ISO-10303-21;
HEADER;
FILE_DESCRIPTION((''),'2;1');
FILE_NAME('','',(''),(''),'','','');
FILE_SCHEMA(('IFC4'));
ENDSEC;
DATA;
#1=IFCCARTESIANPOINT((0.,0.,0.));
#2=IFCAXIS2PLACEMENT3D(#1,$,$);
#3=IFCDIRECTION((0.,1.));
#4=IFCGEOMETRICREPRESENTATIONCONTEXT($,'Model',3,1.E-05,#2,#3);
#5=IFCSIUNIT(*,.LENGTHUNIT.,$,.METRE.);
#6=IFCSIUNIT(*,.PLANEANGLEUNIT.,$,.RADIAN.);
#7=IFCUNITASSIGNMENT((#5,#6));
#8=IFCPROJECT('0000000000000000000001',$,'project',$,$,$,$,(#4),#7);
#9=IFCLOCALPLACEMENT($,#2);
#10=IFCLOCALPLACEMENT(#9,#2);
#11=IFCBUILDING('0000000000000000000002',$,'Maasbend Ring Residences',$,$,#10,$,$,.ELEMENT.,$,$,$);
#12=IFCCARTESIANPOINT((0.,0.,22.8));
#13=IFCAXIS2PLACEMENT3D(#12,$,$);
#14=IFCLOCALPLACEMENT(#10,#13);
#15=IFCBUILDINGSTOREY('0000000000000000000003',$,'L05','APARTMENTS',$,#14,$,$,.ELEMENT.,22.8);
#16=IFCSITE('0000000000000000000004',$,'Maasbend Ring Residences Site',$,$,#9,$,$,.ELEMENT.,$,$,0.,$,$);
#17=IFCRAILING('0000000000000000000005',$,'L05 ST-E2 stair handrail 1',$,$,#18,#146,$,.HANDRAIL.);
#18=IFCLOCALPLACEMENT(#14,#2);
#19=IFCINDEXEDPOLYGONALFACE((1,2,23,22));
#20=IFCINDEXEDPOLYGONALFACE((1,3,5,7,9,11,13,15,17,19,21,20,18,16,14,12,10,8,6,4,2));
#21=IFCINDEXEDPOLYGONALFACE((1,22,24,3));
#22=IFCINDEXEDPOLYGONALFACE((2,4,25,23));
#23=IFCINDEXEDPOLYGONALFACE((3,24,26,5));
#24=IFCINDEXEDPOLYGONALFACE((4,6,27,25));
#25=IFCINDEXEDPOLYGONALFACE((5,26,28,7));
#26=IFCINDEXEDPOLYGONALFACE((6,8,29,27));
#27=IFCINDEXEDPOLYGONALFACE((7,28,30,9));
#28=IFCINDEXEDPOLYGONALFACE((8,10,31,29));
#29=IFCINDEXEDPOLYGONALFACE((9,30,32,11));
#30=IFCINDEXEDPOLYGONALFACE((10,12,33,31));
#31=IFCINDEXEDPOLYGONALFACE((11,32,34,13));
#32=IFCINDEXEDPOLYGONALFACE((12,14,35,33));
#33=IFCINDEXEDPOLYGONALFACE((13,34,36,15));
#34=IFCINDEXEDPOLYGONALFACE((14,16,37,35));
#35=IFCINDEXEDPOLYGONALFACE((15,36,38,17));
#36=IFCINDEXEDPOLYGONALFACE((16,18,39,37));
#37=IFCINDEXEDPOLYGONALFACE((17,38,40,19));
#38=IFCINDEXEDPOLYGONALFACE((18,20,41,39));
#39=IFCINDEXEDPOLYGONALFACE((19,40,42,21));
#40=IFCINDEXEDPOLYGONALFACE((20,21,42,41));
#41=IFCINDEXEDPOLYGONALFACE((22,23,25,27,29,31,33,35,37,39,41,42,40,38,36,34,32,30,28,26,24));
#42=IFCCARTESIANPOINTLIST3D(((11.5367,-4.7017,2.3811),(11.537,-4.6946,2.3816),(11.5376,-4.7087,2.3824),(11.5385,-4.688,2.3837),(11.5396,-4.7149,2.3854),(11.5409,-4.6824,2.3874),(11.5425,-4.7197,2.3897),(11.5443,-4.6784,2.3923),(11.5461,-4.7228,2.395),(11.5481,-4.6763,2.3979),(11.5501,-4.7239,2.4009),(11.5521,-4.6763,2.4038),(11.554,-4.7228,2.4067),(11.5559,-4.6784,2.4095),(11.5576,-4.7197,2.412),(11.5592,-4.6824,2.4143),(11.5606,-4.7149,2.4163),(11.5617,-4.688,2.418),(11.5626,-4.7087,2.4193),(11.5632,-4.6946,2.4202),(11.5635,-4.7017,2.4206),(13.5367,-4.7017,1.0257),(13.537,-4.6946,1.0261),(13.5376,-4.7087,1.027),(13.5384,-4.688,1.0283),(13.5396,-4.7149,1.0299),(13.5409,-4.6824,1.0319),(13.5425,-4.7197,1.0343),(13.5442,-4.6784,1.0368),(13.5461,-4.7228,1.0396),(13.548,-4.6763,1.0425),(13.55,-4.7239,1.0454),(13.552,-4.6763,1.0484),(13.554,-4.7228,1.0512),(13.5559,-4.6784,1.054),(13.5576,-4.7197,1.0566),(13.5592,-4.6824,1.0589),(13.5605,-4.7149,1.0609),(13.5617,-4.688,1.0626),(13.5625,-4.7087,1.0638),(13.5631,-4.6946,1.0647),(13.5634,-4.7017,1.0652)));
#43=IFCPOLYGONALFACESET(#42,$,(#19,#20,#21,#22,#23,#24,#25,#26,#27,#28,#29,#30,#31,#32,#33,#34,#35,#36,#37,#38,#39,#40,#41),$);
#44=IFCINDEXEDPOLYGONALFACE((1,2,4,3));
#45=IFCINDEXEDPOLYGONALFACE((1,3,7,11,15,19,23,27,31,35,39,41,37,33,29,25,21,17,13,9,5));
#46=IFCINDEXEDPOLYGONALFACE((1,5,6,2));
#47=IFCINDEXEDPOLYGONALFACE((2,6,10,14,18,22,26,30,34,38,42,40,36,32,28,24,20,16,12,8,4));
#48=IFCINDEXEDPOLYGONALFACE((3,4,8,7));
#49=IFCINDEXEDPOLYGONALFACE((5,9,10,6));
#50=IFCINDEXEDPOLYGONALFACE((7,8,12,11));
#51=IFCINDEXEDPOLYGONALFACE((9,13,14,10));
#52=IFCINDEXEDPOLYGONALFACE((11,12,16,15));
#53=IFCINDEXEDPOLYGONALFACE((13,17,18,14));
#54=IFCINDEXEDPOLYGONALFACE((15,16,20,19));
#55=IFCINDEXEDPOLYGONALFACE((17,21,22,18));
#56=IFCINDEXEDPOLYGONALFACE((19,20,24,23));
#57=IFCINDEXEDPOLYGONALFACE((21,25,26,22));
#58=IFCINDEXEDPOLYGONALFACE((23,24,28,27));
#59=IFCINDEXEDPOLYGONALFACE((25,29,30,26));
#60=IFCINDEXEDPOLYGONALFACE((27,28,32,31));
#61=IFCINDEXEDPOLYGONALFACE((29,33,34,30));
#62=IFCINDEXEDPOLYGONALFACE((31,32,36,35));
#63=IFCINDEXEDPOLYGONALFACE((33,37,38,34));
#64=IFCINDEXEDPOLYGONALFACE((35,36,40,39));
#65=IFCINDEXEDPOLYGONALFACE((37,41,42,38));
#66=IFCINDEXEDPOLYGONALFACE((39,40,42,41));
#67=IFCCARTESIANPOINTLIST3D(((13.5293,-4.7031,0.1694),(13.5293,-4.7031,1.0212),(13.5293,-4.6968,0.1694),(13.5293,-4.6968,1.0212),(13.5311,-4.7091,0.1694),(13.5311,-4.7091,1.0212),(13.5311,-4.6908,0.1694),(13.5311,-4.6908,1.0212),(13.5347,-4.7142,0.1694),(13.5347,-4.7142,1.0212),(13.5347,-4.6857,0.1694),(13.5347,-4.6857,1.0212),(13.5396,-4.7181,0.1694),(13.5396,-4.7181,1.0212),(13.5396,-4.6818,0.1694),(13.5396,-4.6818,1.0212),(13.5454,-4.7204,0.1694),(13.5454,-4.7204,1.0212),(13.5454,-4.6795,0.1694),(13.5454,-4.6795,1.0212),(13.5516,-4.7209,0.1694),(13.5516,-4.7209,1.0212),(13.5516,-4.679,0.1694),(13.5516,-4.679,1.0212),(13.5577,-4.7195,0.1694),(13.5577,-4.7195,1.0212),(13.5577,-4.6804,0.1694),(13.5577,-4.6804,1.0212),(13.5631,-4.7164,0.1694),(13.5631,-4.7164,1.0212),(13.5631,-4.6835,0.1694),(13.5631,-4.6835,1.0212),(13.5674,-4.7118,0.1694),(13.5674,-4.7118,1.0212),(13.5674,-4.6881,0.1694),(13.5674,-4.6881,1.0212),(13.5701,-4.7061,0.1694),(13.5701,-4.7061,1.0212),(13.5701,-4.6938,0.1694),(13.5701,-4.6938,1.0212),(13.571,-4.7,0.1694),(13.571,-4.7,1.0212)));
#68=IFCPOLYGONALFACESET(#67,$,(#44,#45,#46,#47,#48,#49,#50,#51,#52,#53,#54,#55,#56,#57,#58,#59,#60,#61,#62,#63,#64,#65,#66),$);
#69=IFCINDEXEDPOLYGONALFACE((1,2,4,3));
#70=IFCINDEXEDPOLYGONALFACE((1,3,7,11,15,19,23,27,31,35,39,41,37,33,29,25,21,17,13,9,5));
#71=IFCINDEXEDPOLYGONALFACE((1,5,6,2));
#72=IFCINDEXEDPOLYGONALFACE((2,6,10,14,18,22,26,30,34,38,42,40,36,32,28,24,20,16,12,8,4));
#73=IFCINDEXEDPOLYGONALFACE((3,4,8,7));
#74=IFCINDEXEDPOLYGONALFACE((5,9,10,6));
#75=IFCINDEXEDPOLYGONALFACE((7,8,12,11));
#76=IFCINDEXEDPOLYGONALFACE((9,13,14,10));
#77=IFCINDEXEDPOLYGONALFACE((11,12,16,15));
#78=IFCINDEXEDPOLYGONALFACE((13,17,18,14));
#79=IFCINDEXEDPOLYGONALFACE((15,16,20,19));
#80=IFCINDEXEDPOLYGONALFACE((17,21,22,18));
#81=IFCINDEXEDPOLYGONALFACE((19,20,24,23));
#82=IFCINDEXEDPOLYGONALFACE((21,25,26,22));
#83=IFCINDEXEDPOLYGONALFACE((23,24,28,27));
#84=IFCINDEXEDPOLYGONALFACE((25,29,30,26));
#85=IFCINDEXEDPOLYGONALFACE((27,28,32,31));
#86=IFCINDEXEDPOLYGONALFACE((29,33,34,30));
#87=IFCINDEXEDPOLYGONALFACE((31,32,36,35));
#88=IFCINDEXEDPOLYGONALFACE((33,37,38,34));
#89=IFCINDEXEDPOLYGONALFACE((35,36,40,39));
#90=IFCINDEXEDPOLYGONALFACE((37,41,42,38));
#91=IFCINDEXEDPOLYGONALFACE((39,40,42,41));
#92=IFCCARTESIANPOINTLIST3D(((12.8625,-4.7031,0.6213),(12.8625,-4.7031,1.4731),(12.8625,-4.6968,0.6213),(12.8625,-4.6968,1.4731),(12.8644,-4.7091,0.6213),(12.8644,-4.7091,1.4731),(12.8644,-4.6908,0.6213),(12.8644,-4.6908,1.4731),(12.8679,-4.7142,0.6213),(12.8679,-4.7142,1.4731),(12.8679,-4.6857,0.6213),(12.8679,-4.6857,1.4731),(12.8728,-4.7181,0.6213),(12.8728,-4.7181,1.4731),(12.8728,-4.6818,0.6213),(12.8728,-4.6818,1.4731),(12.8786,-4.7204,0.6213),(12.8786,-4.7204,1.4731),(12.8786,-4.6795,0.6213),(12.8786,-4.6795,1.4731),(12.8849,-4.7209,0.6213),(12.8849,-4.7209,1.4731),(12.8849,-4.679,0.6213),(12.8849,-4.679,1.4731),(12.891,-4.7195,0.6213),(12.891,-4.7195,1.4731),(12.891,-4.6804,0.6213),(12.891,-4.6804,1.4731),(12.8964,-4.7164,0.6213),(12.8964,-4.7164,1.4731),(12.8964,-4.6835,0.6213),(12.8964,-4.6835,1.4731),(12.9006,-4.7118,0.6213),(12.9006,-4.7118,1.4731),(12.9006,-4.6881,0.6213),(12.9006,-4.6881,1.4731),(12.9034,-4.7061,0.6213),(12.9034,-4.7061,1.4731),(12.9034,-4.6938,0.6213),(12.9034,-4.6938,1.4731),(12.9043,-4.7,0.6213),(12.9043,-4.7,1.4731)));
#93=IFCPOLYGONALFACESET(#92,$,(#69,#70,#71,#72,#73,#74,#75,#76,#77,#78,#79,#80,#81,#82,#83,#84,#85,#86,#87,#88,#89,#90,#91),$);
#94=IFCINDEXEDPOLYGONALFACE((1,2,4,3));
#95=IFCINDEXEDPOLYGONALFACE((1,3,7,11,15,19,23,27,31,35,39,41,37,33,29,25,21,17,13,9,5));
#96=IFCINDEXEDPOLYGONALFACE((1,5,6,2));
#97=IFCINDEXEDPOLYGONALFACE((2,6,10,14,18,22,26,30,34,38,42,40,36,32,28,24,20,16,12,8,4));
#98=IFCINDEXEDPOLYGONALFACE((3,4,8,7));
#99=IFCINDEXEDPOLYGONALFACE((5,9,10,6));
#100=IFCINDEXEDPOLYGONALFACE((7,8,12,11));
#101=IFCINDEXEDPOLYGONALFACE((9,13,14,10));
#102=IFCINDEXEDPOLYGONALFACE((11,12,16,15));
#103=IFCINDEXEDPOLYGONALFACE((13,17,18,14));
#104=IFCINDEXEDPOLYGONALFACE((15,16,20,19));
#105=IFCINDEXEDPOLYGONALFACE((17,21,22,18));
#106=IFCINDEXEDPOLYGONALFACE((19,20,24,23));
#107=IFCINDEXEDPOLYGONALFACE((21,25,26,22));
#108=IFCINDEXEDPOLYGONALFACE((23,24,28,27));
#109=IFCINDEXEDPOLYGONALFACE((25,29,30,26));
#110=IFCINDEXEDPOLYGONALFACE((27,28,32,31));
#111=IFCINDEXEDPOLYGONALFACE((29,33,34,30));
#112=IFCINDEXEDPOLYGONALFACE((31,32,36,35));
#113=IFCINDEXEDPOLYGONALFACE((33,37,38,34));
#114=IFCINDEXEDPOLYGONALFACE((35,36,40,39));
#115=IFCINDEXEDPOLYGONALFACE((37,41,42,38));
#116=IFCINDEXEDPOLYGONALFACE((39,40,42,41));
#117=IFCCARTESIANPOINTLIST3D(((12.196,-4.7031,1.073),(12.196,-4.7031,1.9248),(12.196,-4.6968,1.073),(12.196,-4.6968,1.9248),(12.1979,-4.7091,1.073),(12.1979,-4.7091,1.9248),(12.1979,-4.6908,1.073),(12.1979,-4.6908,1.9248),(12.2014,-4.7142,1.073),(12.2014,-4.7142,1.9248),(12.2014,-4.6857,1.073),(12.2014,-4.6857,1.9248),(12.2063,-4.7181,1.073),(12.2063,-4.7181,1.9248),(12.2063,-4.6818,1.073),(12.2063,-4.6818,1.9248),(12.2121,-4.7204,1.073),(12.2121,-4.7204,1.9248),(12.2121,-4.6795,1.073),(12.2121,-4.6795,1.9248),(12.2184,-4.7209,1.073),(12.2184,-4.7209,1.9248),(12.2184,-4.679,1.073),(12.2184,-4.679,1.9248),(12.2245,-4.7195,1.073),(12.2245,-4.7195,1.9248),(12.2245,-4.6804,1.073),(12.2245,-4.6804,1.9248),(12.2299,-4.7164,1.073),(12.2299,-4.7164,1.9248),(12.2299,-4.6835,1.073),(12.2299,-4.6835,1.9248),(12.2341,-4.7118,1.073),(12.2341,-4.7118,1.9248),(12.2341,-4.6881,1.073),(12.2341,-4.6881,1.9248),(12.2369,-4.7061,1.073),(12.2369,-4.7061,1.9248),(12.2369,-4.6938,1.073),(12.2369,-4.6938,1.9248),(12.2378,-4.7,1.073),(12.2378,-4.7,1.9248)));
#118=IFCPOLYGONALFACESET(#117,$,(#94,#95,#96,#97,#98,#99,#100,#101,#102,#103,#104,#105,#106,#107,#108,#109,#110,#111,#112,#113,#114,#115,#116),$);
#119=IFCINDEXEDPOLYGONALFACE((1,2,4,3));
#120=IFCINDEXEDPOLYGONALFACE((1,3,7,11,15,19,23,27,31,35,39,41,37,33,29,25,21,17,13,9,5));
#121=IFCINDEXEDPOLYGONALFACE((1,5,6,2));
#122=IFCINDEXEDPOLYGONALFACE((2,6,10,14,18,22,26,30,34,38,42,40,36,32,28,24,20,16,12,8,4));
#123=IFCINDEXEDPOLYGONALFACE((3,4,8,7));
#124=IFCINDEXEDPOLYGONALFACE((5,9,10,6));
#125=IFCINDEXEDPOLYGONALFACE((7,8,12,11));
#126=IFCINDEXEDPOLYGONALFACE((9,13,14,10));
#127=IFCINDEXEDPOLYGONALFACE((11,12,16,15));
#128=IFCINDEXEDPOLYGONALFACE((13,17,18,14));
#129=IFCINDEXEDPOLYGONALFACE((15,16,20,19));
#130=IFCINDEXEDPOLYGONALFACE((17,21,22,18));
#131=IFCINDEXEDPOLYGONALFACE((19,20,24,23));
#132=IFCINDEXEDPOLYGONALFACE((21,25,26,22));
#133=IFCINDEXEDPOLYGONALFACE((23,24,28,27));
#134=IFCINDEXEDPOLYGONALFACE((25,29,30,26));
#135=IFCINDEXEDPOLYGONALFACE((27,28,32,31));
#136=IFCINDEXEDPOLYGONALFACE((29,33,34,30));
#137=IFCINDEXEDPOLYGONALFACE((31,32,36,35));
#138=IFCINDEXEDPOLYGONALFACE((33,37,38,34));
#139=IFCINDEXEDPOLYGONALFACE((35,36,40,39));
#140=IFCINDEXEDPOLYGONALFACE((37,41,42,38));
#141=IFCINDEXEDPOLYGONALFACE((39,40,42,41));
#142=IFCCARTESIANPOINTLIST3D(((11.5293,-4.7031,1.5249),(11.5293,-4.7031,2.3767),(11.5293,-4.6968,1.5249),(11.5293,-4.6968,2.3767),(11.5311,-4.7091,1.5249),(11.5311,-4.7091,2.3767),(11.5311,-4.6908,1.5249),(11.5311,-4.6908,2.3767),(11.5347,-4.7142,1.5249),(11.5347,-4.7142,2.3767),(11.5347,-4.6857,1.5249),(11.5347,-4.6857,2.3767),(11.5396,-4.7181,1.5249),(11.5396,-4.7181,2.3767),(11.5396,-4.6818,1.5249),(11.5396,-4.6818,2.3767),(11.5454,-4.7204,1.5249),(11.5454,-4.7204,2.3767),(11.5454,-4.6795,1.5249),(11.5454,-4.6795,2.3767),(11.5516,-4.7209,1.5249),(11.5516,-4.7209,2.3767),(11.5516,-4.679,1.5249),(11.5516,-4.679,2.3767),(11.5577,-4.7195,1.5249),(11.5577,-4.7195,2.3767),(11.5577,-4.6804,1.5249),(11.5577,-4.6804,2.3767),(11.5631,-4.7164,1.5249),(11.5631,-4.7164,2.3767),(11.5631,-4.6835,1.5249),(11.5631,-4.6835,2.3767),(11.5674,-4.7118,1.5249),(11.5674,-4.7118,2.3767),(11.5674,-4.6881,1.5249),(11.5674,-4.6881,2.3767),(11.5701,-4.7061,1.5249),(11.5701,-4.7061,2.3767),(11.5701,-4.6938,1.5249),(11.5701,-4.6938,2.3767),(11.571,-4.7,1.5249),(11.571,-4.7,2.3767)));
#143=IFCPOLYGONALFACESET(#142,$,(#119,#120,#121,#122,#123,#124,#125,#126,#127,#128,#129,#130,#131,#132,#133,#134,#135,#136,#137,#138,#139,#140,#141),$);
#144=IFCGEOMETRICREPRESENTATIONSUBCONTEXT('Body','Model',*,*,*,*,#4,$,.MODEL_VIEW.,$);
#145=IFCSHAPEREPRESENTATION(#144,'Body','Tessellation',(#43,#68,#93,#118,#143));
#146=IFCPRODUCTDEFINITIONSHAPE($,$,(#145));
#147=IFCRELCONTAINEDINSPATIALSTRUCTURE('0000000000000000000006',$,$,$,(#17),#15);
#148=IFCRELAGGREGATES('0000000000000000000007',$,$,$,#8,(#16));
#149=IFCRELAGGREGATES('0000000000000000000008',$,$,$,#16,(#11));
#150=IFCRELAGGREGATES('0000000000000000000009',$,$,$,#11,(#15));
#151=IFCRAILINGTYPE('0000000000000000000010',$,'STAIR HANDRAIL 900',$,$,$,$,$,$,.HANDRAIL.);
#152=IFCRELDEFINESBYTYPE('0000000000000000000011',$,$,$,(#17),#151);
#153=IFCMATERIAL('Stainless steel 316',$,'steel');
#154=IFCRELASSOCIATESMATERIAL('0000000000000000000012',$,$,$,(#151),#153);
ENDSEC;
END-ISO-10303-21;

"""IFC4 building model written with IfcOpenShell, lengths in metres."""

from ifc_helpers import new_model, si_unit, direction, frame, origin, origin_2d, place, context, subcontext, project, spatial, circle, extrude, material, type_object, element, save


model = new_model("IFC4")

# Units and contexts
model_context = context("Model", 3, precision=1e-05, world=origin(), true_north=direction((0.0, 1.0)))
body_context = subcontext(model_context, "Body", "Model", "MODEL_VIEW")
ifc_project = project(units=[si_unit("LENGTHUNIT", "METRE"), si_unit("PLANEANGLEUNIT", "RADIAN")], contexts=[model_context])

# Site, building, storey
site_placement = place(None, origin())
site = spatial("IfcSite", under=ifc_project, at=site_placement, Name="Maasbend Ring Residences Site", CompositionType="ELEMENT", RefElevation=0.0)
building_placement = place(site_placement, origin())
building = spatial("IfcBuilding", under=site, at=building_placement, Name="Maasbend Ring Residences", CompositionType="ELEMENT")
storey_placement = place(building_placement, frame((0.0, 0.0, 22.8)))
storey = spatial("IfcBuildingStorey", under=building, at=storey_placement, Name="L05", Description="APARTMENTS", CompositionType="ELEMENT", Elevation=22.8)

# Railing
ifc_material_1 = material(Name="Stainless steel 316", Category="steel")
railing_type_1 = type_object("IfcRailingType", Name="STAIR HANDRAIL 900", PredefinedType="HANDRAIL", material=ifc_material_1)
railing_1_placement = place(storey_placement, frame((13.55, -4.7, 0.1694)))
element("IfcRailing", 1, at=railing_1_placement, inside=storey, type_object=railing_type_1, Name="L05 ST-E2 stair handrail 1", PredefinedType="HANDRAIL", context=body_context, shape_type="SweptSolid", body=[
    extrude(circle(Radius=0.0239, at=origin_2d()), frame((0.0, 0.0, 0.876), z_axis=(-0.827798, 0.0, 0.561027), x_axis=(0.0, -1.0, 0.0)), (0.0, 0.0, 1.0), 2.416),
    extrude(circle(Radius=0.021, at=origin_2d()), origin(), (0.0, 0.0, 1.0), 0.8518),
    extrude(circle(Radius=0.021, at=origin_2d()), frame((-0.6667, 0.0, 0.4519)), (0.0, 0.0, 1.0), 0.8518),
    extrude(circle(Radius=0.021, at=origin_2d()), frame((-1.3333, 0.0, 0.9036)), (0.0, 0.0, 1.0), 0.8518),
    extrude(circle(Radius=0.021, at=origin_2d()), frame((-2.0, 0.0, 1.3555)), (0.0, 0.0, 1.0), 0.8518),
])

save(model, "model.ifc")
